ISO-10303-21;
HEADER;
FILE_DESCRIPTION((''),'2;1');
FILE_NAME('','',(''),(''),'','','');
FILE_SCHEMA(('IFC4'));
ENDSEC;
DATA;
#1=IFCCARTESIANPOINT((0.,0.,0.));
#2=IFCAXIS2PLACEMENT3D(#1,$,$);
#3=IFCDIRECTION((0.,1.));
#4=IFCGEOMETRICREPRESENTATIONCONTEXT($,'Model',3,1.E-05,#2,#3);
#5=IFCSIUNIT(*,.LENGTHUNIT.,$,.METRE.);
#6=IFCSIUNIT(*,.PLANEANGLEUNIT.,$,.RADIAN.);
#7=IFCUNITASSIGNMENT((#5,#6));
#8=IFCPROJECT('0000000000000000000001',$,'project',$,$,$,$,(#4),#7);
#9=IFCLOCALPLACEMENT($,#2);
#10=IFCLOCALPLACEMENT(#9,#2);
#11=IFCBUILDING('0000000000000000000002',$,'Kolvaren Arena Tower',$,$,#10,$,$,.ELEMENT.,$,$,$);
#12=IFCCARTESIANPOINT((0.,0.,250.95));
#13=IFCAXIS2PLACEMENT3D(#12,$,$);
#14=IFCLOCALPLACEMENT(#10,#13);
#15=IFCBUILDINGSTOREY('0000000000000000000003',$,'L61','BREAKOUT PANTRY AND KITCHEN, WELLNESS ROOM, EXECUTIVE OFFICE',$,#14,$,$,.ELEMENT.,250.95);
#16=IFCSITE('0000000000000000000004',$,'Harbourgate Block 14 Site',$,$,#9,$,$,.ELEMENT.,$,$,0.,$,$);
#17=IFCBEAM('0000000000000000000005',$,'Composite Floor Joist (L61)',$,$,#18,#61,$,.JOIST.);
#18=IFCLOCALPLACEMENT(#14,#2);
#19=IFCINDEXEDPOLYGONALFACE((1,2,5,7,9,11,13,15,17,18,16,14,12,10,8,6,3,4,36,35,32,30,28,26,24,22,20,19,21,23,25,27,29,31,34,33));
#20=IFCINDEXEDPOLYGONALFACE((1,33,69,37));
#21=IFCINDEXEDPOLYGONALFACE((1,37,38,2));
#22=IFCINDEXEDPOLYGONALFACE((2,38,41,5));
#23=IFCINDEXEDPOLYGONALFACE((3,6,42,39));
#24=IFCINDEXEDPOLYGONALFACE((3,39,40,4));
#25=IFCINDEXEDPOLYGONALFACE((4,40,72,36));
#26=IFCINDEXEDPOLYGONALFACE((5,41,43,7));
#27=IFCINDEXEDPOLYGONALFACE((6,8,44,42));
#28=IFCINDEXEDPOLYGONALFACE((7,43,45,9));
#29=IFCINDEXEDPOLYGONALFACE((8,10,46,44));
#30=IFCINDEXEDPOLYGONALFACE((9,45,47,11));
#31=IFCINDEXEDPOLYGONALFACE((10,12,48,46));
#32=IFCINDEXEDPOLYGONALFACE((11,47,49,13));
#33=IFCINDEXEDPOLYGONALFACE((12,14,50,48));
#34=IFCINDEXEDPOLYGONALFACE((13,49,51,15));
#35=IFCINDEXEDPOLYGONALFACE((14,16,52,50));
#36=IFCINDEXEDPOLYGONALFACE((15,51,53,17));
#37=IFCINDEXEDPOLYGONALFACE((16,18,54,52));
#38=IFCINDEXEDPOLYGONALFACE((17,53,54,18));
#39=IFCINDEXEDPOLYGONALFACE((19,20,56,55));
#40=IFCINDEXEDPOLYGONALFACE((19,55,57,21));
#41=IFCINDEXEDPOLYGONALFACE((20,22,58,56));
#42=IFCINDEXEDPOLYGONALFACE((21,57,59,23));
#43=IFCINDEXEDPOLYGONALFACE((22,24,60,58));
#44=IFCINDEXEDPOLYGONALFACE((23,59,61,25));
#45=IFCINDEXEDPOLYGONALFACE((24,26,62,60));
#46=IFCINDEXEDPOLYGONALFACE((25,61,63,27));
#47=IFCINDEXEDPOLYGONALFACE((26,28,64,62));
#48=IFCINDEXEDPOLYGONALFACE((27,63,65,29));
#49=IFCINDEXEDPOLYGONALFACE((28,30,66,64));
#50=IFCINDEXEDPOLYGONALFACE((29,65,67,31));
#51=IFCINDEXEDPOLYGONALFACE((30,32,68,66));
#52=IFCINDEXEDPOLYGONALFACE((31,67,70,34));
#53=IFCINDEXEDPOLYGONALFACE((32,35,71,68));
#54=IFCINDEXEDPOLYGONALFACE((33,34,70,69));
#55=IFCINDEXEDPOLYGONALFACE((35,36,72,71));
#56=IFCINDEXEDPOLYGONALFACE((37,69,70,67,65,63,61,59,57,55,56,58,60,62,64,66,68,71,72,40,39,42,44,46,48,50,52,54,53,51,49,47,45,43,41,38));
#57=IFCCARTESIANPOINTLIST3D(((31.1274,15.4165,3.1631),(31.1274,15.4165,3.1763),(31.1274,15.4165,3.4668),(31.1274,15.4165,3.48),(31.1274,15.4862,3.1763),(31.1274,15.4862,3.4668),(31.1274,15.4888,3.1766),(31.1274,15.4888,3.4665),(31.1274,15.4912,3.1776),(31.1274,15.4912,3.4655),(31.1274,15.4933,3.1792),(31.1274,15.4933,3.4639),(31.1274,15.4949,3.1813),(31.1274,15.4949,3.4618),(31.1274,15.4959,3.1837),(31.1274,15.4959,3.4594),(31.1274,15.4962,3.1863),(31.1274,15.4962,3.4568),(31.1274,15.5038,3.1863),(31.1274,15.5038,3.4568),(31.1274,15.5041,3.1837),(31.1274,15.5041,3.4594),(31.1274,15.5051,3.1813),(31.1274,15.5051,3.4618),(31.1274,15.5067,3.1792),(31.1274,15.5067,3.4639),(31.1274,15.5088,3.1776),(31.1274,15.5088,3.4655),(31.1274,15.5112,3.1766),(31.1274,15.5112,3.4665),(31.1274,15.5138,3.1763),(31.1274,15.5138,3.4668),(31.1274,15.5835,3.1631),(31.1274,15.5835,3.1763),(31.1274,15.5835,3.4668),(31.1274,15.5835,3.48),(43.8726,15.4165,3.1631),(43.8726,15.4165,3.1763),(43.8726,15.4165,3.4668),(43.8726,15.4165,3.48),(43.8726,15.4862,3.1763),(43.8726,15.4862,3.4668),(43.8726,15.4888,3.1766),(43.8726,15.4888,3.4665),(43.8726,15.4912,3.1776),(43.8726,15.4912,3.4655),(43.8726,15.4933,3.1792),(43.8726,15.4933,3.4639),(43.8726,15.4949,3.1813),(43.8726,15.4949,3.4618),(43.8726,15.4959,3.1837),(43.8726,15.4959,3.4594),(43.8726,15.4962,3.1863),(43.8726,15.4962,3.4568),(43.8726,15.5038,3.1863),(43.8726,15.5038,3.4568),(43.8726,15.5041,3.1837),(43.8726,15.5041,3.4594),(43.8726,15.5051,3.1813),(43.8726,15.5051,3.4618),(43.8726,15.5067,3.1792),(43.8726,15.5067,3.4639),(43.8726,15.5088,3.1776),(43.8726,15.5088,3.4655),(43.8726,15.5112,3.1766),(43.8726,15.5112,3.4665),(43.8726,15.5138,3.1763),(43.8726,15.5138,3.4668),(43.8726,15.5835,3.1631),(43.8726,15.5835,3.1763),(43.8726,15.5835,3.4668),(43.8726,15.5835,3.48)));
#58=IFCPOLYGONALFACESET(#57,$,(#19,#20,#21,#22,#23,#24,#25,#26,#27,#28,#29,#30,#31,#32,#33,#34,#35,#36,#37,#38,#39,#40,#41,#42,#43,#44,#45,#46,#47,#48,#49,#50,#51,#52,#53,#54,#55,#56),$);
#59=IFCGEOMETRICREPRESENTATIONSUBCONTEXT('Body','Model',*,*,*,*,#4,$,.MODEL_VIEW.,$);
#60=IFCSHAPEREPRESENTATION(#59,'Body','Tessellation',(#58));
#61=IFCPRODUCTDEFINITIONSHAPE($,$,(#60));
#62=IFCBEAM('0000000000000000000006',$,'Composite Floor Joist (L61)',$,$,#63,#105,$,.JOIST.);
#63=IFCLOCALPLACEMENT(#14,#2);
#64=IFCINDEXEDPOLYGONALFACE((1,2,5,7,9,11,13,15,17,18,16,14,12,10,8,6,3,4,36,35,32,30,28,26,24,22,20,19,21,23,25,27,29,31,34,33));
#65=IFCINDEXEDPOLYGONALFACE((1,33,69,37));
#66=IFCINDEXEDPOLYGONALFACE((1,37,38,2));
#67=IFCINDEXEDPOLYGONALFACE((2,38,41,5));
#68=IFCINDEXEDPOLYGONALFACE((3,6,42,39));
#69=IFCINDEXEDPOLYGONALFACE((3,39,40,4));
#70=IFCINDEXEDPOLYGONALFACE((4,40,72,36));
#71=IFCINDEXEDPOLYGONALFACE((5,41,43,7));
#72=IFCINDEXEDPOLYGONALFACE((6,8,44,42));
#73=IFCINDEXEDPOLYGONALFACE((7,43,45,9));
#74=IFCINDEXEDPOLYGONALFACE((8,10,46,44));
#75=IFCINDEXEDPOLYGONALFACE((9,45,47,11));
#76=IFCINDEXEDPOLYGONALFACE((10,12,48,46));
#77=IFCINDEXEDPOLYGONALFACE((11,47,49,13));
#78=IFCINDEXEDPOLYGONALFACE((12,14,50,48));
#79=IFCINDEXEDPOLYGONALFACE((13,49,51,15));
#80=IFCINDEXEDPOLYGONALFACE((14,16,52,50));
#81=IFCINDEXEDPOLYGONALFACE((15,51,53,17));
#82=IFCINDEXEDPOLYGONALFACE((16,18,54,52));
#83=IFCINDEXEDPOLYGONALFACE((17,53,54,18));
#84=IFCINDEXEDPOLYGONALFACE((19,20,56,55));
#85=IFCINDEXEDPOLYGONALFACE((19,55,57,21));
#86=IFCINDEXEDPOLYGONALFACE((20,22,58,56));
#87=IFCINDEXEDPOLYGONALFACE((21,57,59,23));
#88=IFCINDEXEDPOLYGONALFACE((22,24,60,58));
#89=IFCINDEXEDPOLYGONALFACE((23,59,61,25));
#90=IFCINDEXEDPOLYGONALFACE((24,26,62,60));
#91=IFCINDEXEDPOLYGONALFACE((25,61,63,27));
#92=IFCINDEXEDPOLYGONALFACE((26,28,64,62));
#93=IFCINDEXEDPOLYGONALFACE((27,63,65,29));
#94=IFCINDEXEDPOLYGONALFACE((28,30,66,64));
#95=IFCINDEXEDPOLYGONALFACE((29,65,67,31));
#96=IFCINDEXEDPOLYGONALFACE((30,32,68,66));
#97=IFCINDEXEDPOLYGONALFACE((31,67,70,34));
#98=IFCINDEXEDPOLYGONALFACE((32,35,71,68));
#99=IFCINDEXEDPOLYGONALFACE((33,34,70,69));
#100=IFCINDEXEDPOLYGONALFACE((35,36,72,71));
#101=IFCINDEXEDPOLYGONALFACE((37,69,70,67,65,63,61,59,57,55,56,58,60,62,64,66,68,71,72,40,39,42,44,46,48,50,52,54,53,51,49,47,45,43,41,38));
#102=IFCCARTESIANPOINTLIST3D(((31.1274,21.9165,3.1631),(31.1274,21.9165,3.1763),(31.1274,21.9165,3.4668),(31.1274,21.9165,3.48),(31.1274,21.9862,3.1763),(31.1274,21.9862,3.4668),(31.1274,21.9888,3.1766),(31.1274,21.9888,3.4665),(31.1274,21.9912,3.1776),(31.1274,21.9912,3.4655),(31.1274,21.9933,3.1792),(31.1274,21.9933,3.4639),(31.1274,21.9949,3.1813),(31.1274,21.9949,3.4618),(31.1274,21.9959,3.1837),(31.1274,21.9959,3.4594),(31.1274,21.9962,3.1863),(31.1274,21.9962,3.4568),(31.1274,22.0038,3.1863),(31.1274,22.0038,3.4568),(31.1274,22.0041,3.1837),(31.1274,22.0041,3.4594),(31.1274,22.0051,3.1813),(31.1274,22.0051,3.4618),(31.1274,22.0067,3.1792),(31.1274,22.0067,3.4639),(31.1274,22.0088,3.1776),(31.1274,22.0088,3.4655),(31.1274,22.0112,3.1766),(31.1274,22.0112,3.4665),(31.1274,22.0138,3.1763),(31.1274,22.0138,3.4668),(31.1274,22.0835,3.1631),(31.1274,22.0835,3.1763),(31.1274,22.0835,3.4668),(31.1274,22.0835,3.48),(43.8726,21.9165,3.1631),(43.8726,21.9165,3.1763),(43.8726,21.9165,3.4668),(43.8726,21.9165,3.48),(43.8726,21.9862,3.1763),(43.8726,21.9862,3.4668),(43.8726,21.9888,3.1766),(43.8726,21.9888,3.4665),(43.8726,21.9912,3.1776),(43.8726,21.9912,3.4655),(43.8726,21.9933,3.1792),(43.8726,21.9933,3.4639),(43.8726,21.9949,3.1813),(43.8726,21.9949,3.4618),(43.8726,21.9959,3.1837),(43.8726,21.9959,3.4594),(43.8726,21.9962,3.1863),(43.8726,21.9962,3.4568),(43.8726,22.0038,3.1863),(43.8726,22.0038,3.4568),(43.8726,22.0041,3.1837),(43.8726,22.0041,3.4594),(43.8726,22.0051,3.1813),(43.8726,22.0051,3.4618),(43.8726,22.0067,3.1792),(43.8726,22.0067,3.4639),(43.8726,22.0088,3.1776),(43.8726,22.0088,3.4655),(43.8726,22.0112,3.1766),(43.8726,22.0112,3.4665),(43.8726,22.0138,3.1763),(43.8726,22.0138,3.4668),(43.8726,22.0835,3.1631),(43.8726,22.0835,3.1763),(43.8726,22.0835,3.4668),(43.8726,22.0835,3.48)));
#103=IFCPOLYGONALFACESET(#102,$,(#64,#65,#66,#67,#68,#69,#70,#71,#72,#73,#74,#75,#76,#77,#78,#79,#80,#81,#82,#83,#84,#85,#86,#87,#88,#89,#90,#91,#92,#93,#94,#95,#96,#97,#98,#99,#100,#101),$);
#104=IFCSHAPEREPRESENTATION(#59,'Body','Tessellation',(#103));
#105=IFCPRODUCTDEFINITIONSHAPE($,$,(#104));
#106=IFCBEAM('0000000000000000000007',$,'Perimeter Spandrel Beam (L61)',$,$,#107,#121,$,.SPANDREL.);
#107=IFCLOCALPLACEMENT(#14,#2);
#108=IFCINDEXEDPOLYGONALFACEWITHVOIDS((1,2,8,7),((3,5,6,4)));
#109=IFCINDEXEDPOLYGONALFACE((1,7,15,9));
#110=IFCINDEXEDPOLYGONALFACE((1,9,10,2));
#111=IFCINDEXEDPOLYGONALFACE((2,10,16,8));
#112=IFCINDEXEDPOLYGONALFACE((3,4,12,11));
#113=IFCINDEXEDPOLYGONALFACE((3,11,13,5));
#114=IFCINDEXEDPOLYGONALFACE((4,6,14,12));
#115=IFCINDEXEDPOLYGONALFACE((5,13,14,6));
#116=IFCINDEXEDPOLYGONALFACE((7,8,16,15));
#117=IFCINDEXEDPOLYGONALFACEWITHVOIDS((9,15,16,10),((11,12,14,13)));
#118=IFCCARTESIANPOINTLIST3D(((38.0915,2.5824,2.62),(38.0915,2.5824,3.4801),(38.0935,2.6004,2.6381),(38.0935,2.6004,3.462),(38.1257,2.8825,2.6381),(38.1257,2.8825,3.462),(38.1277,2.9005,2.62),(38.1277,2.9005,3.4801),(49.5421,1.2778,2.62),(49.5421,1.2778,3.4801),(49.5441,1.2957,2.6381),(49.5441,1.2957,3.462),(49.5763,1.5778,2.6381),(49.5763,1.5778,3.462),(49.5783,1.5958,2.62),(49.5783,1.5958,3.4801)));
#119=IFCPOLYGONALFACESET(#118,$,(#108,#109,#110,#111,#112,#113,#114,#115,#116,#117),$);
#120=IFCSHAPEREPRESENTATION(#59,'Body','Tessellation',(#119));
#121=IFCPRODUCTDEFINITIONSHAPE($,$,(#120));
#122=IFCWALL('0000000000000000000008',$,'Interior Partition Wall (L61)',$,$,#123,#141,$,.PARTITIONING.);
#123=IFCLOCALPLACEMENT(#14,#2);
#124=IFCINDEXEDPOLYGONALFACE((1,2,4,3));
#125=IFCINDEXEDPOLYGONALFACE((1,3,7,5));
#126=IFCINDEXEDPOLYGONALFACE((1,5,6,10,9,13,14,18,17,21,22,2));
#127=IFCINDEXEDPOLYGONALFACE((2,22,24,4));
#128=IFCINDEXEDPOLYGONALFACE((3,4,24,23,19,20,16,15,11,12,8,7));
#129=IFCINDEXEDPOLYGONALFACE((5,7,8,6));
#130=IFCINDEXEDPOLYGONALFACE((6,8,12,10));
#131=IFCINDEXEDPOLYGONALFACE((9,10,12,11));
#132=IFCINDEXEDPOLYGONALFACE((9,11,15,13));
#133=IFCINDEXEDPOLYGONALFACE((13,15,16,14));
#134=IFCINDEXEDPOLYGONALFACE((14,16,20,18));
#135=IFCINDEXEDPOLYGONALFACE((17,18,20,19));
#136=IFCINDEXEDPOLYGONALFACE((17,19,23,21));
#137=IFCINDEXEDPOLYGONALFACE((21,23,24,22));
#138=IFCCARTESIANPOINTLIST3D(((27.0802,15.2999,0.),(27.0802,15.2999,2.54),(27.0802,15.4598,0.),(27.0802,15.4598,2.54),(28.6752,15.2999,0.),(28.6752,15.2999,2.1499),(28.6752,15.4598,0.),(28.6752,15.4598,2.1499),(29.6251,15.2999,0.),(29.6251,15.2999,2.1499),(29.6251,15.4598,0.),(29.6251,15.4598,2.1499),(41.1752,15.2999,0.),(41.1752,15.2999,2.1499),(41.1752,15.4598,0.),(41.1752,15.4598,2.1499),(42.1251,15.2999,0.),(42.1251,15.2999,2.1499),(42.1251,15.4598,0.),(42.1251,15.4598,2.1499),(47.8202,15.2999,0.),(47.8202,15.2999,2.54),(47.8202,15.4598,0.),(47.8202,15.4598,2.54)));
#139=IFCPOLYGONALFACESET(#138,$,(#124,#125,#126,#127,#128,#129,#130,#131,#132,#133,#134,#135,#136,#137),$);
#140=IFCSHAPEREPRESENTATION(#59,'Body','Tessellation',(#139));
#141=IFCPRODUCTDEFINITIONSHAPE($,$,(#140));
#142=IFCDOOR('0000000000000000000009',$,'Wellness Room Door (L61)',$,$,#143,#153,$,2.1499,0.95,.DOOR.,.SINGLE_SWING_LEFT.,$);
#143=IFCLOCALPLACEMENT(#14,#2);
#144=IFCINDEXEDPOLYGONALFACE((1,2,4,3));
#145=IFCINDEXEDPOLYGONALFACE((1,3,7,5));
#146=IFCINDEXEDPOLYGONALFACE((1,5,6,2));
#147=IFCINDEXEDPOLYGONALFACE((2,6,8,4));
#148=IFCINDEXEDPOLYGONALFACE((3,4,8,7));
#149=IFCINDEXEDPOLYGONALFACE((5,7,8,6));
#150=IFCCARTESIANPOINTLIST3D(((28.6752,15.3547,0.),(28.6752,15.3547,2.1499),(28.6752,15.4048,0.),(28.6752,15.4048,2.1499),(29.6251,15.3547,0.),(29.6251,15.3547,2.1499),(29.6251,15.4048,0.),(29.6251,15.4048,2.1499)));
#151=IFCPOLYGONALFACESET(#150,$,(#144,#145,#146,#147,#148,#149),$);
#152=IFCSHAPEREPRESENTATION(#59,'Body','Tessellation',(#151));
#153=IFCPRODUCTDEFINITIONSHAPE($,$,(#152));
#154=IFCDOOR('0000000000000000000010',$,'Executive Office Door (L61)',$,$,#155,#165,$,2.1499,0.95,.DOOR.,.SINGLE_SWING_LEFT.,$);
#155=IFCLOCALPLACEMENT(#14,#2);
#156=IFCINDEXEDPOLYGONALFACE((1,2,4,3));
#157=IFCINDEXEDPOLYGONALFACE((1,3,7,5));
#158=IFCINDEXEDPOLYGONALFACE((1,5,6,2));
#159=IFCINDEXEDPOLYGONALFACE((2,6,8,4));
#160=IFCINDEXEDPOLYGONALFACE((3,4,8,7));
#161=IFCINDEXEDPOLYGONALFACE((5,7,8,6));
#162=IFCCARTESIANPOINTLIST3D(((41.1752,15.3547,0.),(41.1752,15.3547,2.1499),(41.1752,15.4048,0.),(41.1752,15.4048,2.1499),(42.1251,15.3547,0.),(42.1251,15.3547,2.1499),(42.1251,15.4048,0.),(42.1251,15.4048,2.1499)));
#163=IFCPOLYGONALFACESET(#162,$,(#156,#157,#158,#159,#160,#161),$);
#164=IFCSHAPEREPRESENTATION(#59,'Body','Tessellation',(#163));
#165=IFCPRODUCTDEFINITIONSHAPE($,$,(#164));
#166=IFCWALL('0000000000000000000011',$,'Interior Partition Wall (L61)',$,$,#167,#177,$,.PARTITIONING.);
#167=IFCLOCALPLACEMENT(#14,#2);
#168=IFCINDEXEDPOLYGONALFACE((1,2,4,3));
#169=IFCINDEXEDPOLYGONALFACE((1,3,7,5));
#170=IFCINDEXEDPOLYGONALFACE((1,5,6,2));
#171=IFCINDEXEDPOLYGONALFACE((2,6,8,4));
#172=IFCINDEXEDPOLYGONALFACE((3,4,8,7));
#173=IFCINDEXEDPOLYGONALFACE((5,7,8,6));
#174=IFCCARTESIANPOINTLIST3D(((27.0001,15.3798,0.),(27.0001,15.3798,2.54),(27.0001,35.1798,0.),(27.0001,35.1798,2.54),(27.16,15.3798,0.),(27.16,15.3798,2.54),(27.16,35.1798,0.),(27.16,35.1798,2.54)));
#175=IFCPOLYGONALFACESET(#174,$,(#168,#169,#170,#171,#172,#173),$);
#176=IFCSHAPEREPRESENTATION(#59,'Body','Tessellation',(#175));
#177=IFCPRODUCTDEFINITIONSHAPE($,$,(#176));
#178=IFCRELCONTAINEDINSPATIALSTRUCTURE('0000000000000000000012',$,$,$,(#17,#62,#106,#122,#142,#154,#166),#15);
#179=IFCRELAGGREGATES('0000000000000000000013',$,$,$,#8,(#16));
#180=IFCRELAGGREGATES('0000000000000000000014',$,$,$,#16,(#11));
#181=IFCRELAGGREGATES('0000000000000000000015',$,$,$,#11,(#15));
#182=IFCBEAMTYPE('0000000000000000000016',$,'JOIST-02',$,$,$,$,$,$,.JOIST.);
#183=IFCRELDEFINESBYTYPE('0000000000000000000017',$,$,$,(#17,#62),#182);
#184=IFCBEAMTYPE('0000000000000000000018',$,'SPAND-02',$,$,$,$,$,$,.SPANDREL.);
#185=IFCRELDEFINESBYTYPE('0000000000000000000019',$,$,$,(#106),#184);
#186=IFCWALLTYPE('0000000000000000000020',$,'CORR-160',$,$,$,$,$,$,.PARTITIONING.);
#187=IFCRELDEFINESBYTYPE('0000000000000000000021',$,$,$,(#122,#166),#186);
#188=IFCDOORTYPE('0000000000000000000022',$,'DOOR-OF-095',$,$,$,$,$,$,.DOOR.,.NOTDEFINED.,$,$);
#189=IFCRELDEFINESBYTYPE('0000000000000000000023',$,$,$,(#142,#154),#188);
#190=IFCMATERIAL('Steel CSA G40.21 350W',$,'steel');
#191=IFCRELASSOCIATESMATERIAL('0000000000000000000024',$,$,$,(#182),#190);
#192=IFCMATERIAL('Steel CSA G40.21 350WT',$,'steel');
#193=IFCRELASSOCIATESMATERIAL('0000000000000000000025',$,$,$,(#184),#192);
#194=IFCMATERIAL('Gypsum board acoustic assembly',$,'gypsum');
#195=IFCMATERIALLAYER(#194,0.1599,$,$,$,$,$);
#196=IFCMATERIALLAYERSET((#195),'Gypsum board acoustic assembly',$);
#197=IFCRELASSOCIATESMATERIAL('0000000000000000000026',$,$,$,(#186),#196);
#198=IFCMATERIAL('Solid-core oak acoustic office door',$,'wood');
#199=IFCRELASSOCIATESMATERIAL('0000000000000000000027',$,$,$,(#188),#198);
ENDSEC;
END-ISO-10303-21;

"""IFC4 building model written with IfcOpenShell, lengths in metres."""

from ifc_helpers import new_model, si_unit, direction, frame, frame_2d, origin, origin_2d, place, context, subcontext, project, spatial, rectangle, hollow_rectangle, i_section, extrude, material, layer, layer_set, material_profile, profile_set, type_object, element, fill, save


model = new_model("IFC4")

# Units and contexts
model_context = context("Model", 3, precision=1e-05, world=origin(), true_north=direction((0.0, 1.0)))
body_context = subcontext(model_context, "Body", "Model", "MODEL_VIEW")
ifc_project = project(units=[si_unit("LENGTHUNIT", "METRE"), si_unit("PLANEANGLEUNIT", "RADIAN")], contexts=[model_context])

# Site, building, storey
site_placement = place(None, origin())
site = spatial("IfcSite", under=ifc_project, at=site_placement, Name="Harbourgate Block 14 Site", CompositionType="ELEMENT", RefElevation=0.0)
building_placement = place(site_placement, origin())
building = spatial("IfcBuilding", under=site, at=building_placement, Name="Kolvaren Arena Tower", CompositionType="ELEMENT")
storey_placement = place(building_placement, frame((0.0, 0.0, 250.95)))
storey = spatial("IfcBuildingStorey", under=building, at=storey_placement, Name="L61", Description="BREAKOUT PANTRY AND KITCHEN, WELLNESS ROOM, EXECUTIVE OFFICE", CompositionType="ELEMENT", Elevation=250.95)

# Beams
ifc_material_1 = material(Name="Steel CSA G40.21 350W", Category="steel")
ifc_material_profile_1 = material_profile(ifc_material_1, i_section(OverallWidth=0.167, OverallDepth=0.3169, WebThickness=0.0076, FlangeThickness=0.0132, FilletRadius=0.01, at=origin_2d()), Name="W310x52")
ifc_profile_set_1 = profile_set([ifc_material_profile_1], Name="Steel CSA G40.21 350W")
beam_type_1 = type_object("IfcBeamType", Name="JOIST-02", PredefinedType="JOIST", material=ifc_profile_set_1)
for number, where, z_axis, x_axis, name in (
    (1, (31.1274, 15.5, 3.3215), (1.0, 0.0, 0.0), (0.0, 1.0, 0.0), "Composite Floor Joist (L61)"),
    (2, (31.1274, 22.0, 3.3215), (1.0, 0.0, 0.0), (0.0, 1.0, 0.0), "Composite Floor Joist (L61)"),
):
    element("IfcBeam", number, at=place(storey_placement, frame(where, z_axis=z_axis, x_axis=x_axis)), inside=storey, type_object=beam_type_1, Name=name, PredefinedType="JOIST", context=body_context, shape_type="SweptSolid", body=[
        extrude(i_section(OverallWidth=0.167, OverallDepth=0.3169, WebThickness=0.0076, FlangeThickness=0.0132, FilletRadius=0.01, at=origin_2d()), origin(), (0.0, 0.0, 1.0), 12.7451),
    ])
ifc_material_2 = material(Name="Steel CSA G40.21 350WT", Category="steel")
ifc_material_profile_2 = material_profile(ifc_material_2, hollow_rectangle(XDim=0.3201, YDim=0.8601, WallThickness=0.0181, at=origin_2d()), Name="HSS 860x320x18")
ifc_profile_set_2 = profile_set([ifc_material_profile_2], Name="Steel CSA G40.21 350WT")
beam_type_2 = type_object("IfcBeamType", Name="SPAND-02", PredefinedType="SPANDREL", material=ifc_profile_set_2)
beam_1_placement = place(storey_placement, frame((38.1096, 2.7415, 3.05), z_axis=(0.993571, -0.113207, 0.0), x_axis=(0.113207, 0.993571, 0.0)))
element("IfcBeam", 3, at=beam_1_placement, inside=storey, type_object=beam_type_2, Name="Perimeter Spandrel Beam (L61)", PredefinedType="SPANDREL", context=body_context, shape_type="SweptSolid", body=[
    extrude(hollow_rectangle(XDim=0.3201, YDim=0.8601, WallThickness=0.0181, at=origin_2d()), origin(), (0.0, 0.0, 1.0), 11.5247),
])

# Wall, openings, doors
ifc_material_3 = material(Name="Gypsum board acoustic assembly", Category="gypsum")
ifc_layer_1 = layer(ifc_material_3, 0.1599)
ifc_layer_set_1 = layer_set([ifc_layer_1], Name="Gypsum board acoustic assembly")
wall_type_1 = type_object("IfcWallType", Name="CORR-160", PredefinedType="PARTITIONING", material=ifc_layer_set_1)
wall_1_placement = place(storey_placement, frame((27.0801, 15.3799, 0.0), z_axis=(0.0, 0.0, 1.0), x_axis=(1.0, 0.0, 0.0)))
wall_1 = element("IfcWall", 4, at=wall_1_placement, inside=storey, type_object=wall_type_1, Name="Interior Partition Wall (L61)", PredefinedType="PARTITIONING", context=body_context, shape_type="SweptSolid", body=[
    extrude(rectangle(XDim=20.74, YDim=0.1599, at=frame_2d((10.3701, 0.0))), origin(), (0.0, 0.0, 1.0), 2.54),
])
opening_1_placement = place(wall_1_placement, frame((1.595, 0.0, 0.0)))
opening_1 = element("IfcOpeningElement", 5, at=opening_1_placement, cuts=wall_1, PredefinedType="OPENING", context=body_context, shape_type="SweptSolid", body=[
    extrude(rectangle(XDim=0.95, YDim=2.1499, at=frame_2d((0.4751, 1.075))), frame((0.0, 0.0898, 0.0), z_axis=(0.0, -1.0, 0.0), x_axis=(1.0, 0.0, 0.0)), (0.0, 0.0, 1.0), 0.1799),
])
opening_2_placement = place(wall_1_placement, frame((14.095, 0.0, 0.0)))
opening_2 = element("IfcOpeningElement", 6, at=opening_2_placement, cuts=wall_1, PredefinedType="OPENING", context=body_context, shape_type="SweptSolid", body=[
    extrude(rectangle(XDim=0.95, YDim=2.1499, at=frame_2d((0.4751, 1.075))), frame((0.0, 0.0898, 0.0), z_axis=(0.0, -1.0, 0.0), x_axis=(1.0, 0.0, 0.0)), (0.0, 0.0, 1.0), 0.1799),
])
ifc_material_4 = material(Name="Solid-core oak acoustic office door", Category="wood")
door_type = type_object("IfcDoorType", Name="DOOR-OF-095", OperationType="NOTDEFINED", PredefinedType="DOOR", material=ifc_material_4)
door_1_placement = place(opening_1_placement, origin())
door_1 = element("IfcDoor", 7, at=door_1_placement, inside=storey, type_object=door_type, Name="Wellness Room Door (L61)", OperationType="SINGLE_SWING_LEFT", OverallHeight=2.1499, OverallWidth=0.95, PredefinedType="DOOR", context=body_context, shape_type="SweptSolid", body=[
    extrude(rectangle(XDim=0.95, YDim=2.1499, at=frame_2d((0.4751, 1.075))), frame((0.0, 0.0249, 0.0), z_axis=(0.0, -1.0, 0.0), x_axis=(1.0, 0.0, 0.0)), (0.0, 0.0, 1.0), 0.05),
])
fill(opening_1, door_1)
door_2_placement = place(opening_2_placement, origin())
door_2 = element("IfcDoor", 8, at=door_2_placement, inside=storey, type_object=door_type, Name="Executive Office Door (L61)", OperationType="SINGLE_SWING_LEFT", OverallHeight=2.1499, OverallWidth=0.95, PredefinedType="DOOR", context=body_context, shape_type="SweptSolid", body=[
    extrude(rectangle(XDim=0.95, YDim=2.1499, at=frame_2d((0.4751, 1.075))), frame((0.0, 0.0249, 0.0), z_axis=(0.0, -1.0, 0.0), x_axis=(1.0, 0.0, 0.0)), (0.0, 0.0, 1.0), 0.05),
])
fill(opening_2, door_2)

# Wall
wall_2_placement = place(storey_placement, frame((27.0801, 15.3799, 0.0), z_axis=(0.0, 0.0, 1.0), x_axis=(0.0, 1.0, 0.0)))
element("IfcWall", 9, at=wall_2_placement, inside=storey, type_object=wall_type_1, Name="Interior Partition Wall (L61)", PredefinedType="PARTITIONING", context=body_context, shape_type="SweptSolid", body=[
    extrude(rectangle(XDim=19.8, YDim=0.1599, at=frame_2d((9.8999, 0.0))), origin(), (0.0, 0.0, 1.0), 2.54),
])

save(model, "model.ifc")
